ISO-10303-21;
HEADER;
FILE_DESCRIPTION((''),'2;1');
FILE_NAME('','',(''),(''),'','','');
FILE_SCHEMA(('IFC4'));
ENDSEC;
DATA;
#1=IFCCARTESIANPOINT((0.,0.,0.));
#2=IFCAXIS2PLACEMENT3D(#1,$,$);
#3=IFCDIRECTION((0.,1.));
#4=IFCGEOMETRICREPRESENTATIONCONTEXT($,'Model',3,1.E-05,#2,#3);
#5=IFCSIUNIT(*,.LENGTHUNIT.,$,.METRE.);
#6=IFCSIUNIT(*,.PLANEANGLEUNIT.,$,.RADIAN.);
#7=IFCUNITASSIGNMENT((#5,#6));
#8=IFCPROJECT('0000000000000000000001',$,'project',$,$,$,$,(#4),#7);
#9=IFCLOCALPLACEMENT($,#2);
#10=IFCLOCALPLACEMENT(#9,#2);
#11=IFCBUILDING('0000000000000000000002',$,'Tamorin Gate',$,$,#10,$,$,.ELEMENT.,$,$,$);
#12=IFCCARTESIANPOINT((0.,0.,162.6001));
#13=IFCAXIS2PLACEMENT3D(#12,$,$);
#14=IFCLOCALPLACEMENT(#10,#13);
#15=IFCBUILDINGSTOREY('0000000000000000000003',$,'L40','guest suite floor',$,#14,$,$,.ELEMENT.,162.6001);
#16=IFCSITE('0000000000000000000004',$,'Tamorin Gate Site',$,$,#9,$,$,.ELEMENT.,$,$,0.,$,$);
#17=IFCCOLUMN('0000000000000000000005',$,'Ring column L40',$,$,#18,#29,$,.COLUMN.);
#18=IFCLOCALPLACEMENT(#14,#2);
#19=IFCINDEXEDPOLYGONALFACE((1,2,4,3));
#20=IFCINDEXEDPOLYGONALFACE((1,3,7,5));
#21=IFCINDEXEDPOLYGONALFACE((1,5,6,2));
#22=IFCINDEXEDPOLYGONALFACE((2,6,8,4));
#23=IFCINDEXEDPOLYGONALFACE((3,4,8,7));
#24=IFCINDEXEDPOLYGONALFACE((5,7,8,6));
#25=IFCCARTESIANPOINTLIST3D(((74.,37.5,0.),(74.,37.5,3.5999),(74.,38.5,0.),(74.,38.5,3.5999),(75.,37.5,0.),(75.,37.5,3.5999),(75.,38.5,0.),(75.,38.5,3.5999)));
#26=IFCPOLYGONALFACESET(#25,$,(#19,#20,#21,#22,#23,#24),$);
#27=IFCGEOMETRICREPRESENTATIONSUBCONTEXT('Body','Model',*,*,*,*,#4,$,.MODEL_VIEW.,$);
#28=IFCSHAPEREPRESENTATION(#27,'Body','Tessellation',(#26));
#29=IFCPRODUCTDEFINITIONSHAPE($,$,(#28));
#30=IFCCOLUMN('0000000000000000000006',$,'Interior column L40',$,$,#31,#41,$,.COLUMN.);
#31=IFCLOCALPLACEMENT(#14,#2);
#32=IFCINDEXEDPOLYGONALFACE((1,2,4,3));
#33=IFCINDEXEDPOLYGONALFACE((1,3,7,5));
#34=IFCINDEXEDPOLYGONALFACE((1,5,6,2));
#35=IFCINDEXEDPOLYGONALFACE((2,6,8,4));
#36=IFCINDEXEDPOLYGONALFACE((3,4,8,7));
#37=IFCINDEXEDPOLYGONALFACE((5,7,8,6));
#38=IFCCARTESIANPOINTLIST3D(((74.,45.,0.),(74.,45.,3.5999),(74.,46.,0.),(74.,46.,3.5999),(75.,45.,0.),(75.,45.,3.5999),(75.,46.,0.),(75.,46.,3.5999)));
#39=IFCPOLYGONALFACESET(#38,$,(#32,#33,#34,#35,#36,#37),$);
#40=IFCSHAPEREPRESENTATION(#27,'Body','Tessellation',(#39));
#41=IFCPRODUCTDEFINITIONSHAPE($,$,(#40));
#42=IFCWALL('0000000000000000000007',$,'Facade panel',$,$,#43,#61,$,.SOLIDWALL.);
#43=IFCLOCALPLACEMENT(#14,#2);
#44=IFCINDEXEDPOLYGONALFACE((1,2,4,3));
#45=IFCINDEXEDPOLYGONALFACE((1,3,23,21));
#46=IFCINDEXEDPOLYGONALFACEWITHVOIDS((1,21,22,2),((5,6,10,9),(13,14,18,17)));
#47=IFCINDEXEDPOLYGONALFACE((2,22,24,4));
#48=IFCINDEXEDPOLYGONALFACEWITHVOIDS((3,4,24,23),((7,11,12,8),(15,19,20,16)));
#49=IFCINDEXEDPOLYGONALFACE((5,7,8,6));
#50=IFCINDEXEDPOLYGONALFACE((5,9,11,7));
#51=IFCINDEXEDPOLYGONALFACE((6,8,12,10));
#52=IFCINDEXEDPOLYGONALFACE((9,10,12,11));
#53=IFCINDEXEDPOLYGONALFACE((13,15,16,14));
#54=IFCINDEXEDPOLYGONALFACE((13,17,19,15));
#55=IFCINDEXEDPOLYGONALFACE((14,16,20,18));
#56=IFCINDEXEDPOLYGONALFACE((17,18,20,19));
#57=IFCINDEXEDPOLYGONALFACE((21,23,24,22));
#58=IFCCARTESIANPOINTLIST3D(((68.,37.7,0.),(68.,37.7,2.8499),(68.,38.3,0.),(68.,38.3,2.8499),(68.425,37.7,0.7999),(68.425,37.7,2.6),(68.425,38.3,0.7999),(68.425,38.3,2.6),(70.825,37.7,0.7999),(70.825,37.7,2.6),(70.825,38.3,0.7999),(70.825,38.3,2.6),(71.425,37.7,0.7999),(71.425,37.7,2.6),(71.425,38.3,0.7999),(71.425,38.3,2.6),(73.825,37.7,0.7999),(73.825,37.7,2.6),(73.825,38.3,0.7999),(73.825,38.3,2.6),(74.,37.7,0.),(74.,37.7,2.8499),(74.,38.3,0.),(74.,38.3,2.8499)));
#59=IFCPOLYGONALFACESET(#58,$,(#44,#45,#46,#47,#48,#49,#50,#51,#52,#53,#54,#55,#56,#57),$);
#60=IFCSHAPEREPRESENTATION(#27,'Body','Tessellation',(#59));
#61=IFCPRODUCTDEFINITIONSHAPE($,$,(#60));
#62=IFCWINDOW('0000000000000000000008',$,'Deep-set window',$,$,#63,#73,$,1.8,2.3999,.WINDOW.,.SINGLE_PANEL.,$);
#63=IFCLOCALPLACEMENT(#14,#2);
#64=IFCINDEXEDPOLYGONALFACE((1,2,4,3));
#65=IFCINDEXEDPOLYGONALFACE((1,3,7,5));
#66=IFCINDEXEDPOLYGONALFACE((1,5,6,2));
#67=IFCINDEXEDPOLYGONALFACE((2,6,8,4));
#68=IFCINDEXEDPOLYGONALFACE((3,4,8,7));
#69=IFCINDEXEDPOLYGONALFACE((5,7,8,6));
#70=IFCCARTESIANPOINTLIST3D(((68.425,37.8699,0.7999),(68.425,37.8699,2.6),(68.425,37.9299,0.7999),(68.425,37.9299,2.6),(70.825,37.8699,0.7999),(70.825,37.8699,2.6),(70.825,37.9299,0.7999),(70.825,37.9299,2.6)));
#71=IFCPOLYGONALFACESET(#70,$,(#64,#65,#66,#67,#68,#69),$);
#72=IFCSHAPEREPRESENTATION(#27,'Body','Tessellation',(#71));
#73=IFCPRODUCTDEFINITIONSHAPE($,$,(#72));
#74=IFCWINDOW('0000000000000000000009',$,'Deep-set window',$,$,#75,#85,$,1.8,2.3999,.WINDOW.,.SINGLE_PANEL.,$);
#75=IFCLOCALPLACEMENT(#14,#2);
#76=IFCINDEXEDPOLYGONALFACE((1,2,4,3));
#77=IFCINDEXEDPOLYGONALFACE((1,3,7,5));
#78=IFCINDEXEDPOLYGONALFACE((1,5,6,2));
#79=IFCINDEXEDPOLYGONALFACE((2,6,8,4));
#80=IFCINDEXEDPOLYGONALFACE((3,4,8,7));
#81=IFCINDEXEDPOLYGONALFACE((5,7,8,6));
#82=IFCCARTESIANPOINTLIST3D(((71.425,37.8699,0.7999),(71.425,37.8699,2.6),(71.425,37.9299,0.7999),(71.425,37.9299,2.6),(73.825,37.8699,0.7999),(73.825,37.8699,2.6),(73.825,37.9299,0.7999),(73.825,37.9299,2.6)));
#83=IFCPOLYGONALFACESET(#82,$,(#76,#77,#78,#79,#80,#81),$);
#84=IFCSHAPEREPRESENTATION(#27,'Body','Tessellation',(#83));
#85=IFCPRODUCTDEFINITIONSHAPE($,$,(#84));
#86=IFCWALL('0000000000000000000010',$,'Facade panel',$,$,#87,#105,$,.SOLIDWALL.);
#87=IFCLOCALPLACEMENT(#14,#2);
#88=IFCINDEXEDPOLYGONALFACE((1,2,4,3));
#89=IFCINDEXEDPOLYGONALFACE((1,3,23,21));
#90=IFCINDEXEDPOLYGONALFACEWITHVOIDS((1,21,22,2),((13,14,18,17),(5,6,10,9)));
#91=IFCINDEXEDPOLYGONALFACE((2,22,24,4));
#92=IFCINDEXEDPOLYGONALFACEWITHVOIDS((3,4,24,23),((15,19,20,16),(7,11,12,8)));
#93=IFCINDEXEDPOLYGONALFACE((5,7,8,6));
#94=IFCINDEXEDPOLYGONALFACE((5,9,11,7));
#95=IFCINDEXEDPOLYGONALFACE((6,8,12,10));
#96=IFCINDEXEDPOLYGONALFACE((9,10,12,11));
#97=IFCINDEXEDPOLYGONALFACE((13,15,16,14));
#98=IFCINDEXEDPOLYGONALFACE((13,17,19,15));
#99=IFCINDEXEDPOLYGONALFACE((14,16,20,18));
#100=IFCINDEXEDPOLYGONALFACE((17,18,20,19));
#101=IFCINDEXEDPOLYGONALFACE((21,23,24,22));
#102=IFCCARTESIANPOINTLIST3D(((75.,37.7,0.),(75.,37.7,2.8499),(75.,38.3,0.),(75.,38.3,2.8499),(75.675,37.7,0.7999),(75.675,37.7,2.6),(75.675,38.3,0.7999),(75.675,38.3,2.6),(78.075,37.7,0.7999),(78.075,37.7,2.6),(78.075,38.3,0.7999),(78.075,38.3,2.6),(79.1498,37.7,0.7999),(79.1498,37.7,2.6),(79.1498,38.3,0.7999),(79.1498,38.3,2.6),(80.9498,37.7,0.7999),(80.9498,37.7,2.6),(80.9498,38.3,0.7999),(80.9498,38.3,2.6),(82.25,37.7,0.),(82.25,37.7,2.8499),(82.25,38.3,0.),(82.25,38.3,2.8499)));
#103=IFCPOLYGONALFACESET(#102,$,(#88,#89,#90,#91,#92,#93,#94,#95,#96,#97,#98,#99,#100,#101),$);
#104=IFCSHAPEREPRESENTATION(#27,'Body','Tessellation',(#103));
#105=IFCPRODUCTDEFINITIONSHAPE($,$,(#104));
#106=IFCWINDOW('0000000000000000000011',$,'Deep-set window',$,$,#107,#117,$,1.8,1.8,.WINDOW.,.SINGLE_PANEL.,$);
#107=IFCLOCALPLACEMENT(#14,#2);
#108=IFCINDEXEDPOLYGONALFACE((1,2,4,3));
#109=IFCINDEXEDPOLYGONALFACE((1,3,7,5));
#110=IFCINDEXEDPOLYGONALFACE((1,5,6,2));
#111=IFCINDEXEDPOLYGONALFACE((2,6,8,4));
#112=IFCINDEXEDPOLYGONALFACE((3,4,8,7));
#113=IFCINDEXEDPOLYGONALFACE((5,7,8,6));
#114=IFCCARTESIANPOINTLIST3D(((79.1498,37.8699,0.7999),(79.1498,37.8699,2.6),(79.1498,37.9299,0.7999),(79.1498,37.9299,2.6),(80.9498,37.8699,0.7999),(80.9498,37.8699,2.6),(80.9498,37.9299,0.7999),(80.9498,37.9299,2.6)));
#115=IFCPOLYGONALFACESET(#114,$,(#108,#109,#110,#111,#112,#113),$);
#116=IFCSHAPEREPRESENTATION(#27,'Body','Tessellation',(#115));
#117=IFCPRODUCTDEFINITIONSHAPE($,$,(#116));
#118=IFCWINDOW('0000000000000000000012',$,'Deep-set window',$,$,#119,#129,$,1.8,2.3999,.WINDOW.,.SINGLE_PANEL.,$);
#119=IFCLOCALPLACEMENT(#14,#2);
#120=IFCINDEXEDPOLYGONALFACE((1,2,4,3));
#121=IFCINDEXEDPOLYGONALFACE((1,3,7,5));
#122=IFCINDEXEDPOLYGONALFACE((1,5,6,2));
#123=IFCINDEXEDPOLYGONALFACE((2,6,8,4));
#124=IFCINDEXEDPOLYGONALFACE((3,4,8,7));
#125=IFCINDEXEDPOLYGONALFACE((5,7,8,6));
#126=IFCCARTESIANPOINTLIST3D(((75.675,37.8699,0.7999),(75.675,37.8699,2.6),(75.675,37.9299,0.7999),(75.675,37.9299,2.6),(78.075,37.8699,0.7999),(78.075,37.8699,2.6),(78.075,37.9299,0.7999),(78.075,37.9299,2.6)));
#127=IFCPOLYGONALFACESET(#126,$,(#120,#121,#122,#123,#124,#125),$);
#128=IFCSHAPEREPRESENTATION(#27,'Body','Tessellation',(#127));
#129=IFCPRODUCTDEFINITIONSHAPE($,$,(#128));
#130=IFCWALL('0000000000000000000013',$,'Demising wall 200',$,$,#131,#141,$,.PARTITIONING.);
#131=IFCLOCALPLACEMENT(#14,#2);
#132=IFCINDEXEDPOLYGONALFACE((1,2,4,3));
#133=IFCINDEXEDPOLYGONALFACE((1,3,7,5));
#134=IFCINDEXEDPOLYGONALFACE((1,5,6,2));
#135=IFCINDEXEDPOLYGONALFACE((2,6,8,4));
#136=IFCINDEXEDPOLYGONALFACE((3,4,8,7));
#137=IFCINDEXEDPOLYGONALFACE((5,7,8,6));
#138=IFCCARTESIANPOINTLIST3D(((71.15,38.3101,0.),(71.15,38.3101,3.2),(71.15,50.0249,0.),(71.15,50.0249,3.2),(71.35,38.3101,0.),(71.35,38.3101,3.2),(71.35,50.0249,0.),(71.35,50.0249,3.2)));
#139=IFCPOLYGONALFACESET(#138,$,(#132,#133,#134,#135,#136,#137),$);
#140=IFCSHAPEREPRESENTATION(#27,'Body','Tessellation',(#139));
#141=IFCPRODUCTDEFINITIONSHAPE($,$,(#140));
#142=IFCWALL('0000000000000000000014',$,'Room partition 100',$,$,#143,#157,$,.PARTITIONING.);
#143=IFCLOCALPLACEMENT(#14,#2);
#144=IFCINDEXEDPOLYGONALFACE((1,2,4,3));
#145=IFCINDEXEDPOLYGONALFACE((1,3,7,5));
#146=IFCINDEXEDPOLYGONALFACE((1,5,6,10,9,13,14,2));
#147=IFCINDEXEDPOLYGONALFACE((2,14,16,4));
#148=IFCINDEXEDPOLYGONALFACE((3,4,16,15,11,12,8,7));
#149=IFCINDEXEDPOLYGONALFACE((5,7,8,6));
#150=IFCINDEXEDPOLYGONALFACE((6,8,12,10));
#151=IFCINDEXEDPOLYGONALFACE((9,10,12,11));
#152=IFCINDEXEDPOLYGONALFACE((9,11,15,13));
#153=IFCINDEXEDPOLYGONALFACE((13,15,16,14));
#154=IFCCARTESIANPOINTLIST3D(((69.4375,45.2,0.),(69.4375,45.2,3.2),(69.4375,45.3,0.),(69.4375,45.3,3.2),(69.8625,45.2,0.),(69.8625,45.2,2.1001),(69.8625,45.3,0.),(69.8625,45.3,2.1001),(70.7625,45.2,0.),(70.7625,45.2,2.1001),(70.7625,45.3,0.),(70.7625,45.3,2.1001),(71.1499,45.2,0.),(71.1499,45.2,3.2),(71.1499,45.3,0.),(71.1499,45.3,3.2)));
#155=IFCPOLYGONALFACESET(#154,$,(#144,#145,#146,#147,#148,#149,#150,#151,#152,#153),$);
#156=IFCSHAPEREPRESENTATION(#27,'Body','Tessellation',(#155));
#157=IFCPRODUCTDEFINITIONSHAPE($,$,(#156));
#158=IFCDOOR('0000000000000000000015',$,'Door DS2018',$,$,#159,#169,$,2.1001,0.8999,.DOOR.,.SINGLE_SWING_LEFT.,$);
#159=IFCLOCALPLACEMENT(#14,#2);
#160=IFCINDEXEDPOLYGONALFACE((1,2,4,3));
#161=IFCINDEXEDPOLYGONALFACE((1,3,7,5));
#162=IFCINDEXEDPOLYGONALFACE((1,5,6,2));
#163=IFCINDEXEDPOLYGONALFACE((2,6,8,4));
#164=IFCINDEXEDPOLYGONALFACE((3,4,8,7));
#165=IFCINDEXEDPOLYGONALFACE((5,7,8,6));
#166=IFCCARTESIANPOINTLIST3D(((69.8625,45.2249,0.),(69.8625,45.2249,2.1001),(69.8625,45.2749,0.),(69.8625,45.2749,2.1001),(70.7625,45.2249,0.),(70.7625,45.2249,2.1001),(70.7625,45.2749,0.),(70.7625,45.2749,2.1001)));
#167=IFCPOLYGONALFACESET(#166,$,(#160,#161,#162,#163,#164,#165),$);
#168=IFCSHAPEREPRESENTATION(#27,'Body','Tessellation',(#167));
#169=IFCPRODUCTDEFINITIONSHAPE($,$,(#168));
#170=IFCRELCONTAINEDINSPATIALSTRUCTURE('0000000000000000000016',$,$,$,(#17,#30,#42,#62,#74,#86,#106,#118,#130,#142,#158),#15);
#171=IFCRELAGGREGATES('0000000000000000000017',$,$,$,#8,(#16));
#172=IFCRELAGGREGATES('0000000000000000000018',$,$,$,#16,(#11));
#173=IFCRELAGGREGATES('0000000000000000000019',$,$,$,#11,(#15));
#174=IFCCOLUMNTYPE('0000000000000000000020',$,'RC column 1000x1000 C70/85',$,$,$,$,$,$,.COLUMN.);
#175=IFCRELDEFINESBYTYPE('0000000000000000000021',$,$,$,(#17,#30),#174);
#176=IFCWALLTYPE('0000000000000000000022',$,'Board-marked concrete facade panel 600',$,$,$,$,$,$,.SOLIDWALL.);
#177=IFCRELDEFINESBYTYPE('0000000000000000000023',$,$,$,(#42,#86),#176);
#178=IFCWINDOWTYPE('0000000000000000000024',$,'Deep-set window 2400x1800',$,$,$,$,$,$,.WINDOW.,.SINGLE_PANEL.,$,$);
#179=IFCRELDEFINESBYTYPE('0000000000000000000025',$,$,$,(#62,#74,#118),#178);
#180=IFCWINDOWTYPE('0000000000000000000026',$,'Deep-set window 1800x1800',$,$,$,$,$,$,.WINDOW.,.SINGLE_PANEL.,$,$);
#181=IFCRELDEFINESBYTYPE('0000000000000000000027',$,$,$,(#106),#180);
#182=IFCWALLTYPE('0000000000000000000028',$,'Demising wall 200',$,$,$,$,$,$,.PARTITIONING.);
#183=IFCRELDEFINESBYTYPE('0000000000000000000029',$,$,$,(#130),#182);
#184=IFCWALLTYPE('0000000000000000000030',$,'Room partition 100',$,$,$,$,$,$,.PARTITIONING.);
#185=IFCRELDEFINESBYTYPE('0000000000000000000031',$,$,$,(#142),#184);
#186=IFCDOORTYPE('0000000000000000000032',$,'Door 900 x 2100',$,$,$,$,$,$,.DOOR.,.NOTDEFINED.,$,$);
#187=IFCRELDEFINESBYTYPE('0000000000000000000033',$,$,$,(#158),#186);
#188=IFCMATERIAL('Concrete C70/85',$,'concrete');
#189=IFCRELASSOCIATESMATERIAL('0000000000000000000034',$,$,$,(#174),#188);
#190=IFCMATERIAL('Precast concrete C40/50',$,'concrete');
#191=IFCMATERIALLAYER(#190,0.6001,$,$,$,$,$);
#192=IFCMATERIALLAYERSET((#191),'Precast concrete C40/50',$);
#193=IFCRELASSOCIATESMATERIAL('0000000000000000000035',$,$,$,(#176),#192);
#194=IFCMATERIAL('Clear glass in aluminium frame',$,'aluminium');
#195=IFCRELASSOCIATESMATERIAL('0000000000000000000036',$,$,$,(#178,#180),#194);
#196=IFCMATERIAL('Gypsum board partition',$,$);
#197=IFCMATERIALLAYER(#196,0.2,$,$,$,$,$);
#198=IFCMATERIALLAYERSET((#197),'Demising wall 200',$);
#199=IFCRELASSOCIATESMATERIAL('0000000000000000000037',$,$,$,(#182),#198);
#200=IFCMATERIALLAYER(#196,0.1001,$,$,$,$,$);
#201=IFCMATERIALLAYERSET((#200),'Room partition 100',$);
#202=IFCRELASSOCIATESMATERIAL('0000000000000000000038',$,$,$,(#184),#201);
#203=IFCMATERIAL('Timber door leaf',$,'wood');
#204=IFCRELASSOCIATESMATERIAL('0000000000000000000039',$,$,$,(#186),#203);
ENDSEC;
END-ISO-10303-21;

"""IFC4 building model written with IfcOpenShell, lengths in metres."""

from ifc_helpers import new_model, si_unit, direction, frame, frame_2d, origin, origin_2d, place, context, subcontext, project, spatial, rectangle, extrude, material, layer, layer_set, material_profile, profile_set, type_object, element, fill, save


model = new_model("IFC4")

# Units and contexts
model_context = context("Model", 3, precision=1e-05, world=origin(), true_north=direction((0.0, 1.0)))
body_context = subcontext(model_context, "Body", "Model", "MODEL_VIEW")
ifc_project = project(units=[si_unit("LENGTHUNIT", "METRE"), si_unit("PLANEANGLEUNIT", "RADIAN")], contexts=[model_context])

# Site, building, storey
site_placement = place(None, origin())
site = spatial("IfcSite", under=ifc_project, at=site_placement, Name="Tamorin Gate Site", CompositionType="ELEMENT", RefElevation=0.0)
building_placement = place(site_placement, origin())
building = spatial("IfcBuilding", under=site, at=building_placement, Name="Tamorin Gate", CompositionType="ELEMENT")
storey_placement = place(building_placement, frame((0.0, 0.0, 162.6001)))
storey = spatial("IfcBuildingStorey", under=building, at=storey_placement, Name="L40", Description="guest suite floor", CompositionType="ELEMENT", Elevation=162.6001)

# Columns
ifc_material_1 = material(Name="Concrete C70/85", Category="concrete")
ifc_material_profile = material_profile(ifc_material_1, rectangle(XDim=1.0, YDim=1.0, at=origin_2d()), Name="RC 1000x1000")
ifc_profile_set = profile_set([ifc_material_profile], Name="Concrete C70/85")
column_type = type_object("IfcColumnType", Name="RC column 1000x1000 C70/85", PredefinedType="COLUMN", material=ifc_profile_set)
for number, where, z_axis, x_axis, name in (
    (1, (74.5, 38.0, 0.0), (0.0, 0.0, 1.0), (1.0, 0.0, 0.0), "Ring column L40"),
    (2, (74.5, 45.5, 0.0), (0.0, 0.0, 1.0), (1.0, 0.0, 0.0), "Interior column L40"),
):
    element("IfcColumn", number, at=place(storey_placement, frame(where, z_axis=z_axis, x_axis=x_axis)), inside=storey, type_object=column_type, Name=name, PredefinedType="COLUMN", context=body_context, shape_type="SweptSolid", body=[
        extrude(rectangle(XDim=1.0, YDim=1.0, at=origin_2d()), origin(), (0.0, 0.0, 1.0), 3.5999),
    ])

# Walls, openings, windows
ifc_material_2 = material(Name="Precast concrete C40/50", Category="concrete")
ifc_layer_1 = layer(ifc_material_2, 0.6001)
ifc_layer_set_1 = layer_set([ifc_layer_1], Name="Precast concrete C40/50")
wall_type_1 = type_object("IfcWallType", Name="Board-marked concrete facade panel 600", PredefinedType="SOLIDWALL", material=ifc_layer_set_1)
wall_1_placement = place(storey_placement, frame((68.0, 38.0, 0.0), z_axis=(0.0, 0.0, 1.0), x_axis=(1.0, 0.0, 0.0)))
wall_1 = element("IfcWall", 3, at=wall_1_placement, inside=storey, type_object=wall_type_1, Name="Facade panel", PredefinedType="SOLIDWALL", context=body_context, shape_type="SweptSolid", body=[
    extrude(rectangle(XDim=6.0, YDim=0.6001, at=frame_2d((3.0, 0.0))), origin(), (0.0, 0.0, 1.0), 2.8499),
])
opening_1_placement = place(wall_1_placement, frame((0.425, 0.0, 0.8)))
opening_1 = element("IfcOpeningElement", 4, at=opening_1_placement, cuts=wall_1, PredefinedType="OPENING", context=body_context, shape_type="SweptSolid", body=[
    extrude(rectangle(XDim=2.3999, YDim=1.8, at=frame_2d((1.2, 0.8999))), frame((0.0, 0.3101, 0.0), z_axis=(0.0, -1.0, 0.0), x_axis=(1.0, 0.0, 0.0)), (0.0, 0.0, 1.0), 0.6201),
])
opening_2_placement = place(wall_1_placement, frame((3.425, 0.0, 0.8)))
opening_2 = element("IfcOpeningElement", 5, at=opening_2_placement, cuts=wall_1, PredefinedType="OPENING", context=body_context, shape_type="SweptSolid", body=[
    extrude(rectangle(XDim=2.3999, YDim=1.8, at=frame_2d((1.2, 0.8999))), frame((0.0, 0.3101, 0.0), z_axis=(0.0, -1.0, 0.0), x_axis=(1.0, 0.0, 0.0)), (0.0, 0.0, 1.0), 0.6201),
])
ifc_material_3 = material(Name="Clear glass in aluminium frame", Category="aluminium")
window_type_1 = type_object("IfcWindowType", Name="Deep-set window 2400x1800", PartitioningType="SINGLE_PANEL", PredefinedType="WINDOW", material=ifc_material_3)
window_1_placement = place(opening_1_placement, origin())
window_1 = element("IfcWindow", 6, at=window_1_placement, inside=storey, type_object=window_type_1, Name="Deep-set window", OverallHeight=1.8, OverallWidth=2.3999, PartitioningType="SINGLE_PANEL", PredefinedType="WINDOW", context=body_context, shape_type="SweptSolid", body=[
    extrude(rectangle(XDim=2.3999, YDim=1.8, at=frame_2d((1.2, 0.8999))), frame((0.0, -0.0701, 0.0), z_axis=(0.0, -1.0, 0.0), x_axis=(1.0, 0.0, 0.0)), (0.0, 0.0, 1.0), 0.0601),
])
fill(opening_1, window_1)
window_2_placement = place(opening_2_placement, origin())
window_2 = element("IfcWindow", 7, at=window_2_placement, inside=storey, type_object=window_type_1, Name="Deep-set window", OverallHeight=1.8, OverallWidth=2.3999, PartitioningType="SINGLE_PANEL", PredefinedType="WINDOW", context=body_context, shape_type="SweptSolid", body=[
    extrude(rectangle(XDim=2.3999, YDim=1.8, at=frame_2d((1.2, 0.8999))), frame((0.0, -0.0701, 0.0), z_axis=(0.0, -1.0, 0.0), x_axis=(1.0, 0.0, 0.0)), (0.0, 0.0, 1.0), 0.0601),
])
fill(opening_2, window_2)
wall_2_placement = place(storey_placement, frame((75.0, 38.0, 0.0), z_axis=(0.0, 0.0, 1.0), x_axis=(1.0, 0.0, 0.0)))
wall_2 = element("IfcWall", 8, at=wall_2_placement, inside=storey, type_object=wall_type_1, Name="Facade panel", PredefinedType="SOLIDWALL", context=body_context, shape_type="SweptSolid", body=[
    extrude(rectangle(XDim=7.25, YDim=0.6001, at=frame_2d((3.625, 0.0))), origin(), (0.0, 0.0, 1.0), 2.8499),
])
opening_3_placement = place(wall_2_placement, frame((0.675, 0.0, 0.8)))
opening_3 = element("IfcOpeningElement", 9, at=opening_3_placement, cuts=wall_2, PredefinedType="OPENING", context=body_context, shape_type="SweptSolid", body=[
    extrude(rectangle(XDim=2.3999, YDim=1.8, at=frame_2d((1.2, 0.8999))), frame((0.0, 0.3101, 0.0), z_axis=(0.0, -1.0, 0.0), x_axis=(1.0, 0.0, 0.0)), (0.0, 0.0, 1.0), 0.6201),
])
opening_4_placement = place(wall_2_placement, frame((4.1499, 0.0, 0.8)))
opening_4 = element("IfcOpeningElement", 10, at=opening_4_placement, cuts=wall_2, PredefinedType="OPENING", context=body_context, shape_type="SweptSolid", body=[
    extrude(rectangle(XDim=1.8, YDim=1.8, at=frame_2d((0.8999, 0.8999))), frame((0.0, 0.3101, 0.0), z_axis=(0.0, -1.0, 0.0), x_axis=(1.0, 0.0, 0.0)), (0.0, 0.0, 1.0), 0.6201),
])
window_type_2 = type_object("IfcWindowType", Name="Deep-set window 1800x1800", PartitioningType="SINGLE_PANEL", PredefinedType="WINDOW", material=ifc_material_3)
window_3_placement = place(opening_4_placement, origin())
window_3 = element("IfcWindow", 11, at=window_3_placement, inside=storey, type_object=window_type_2, Name="Deep-set window", OverallHeight=1.8, OverallWidth=1.8, PartitioningType="SINGLE_PANEL", PredefinedType="WINDOW", context=body_context, shape_type="SweptSolid", body=[
    extrude(rectangle(XDim=1.8, YDim=1.8, at=frame_2d((0.8999, 0.8999))), frame((0.0, -0.0701, 0.0), z_axis=(0.0, -1.0, 0.0), x_axis=(1.0, 0.0, 0.0)), (0.0, 0.0, 1.0), 0.0601),
])
fill(opening_4, window_3)
window_4_placement = place(opening_3_placement, origin())
window_4 = element("IfcWindow", 12, at=window_4_placement, inside=storey, type_object=window_type_1, Name="Deep-set window", OverallHeight=1.8, OverallWidth=2.3999, PartitioningType="SINGLE_PANEL", PredefinedType="WINDOW", context=body_context, shape_type="SweptSolid", body=[
    extrude(rectangle(XDim=2.3999, YDim=1.8, at=frame_2d((1.2, 0.8999))), frame((0.0, -0.0701, 0.0), z_axis=(0.0, -1.0, 0.0), x_axis=(1.0, 0.0, 0.0)), (0.0, 0.0, 1.0), 0.0601),
])
fill(opening_3, window_4)

# Wall
ifc_material_4 = material(Name="Gypsum board partition")
ifc_layer_2 = layer(ifc_material_4, 0.2)
ifc_layer_set_2 = layer_set([ifc_layer_2], Name="Demising wall 200")
wall_type_2 = type_object("IfcWallType", Name="Demising wall 200", PredefinedType="PARTITIONING", material=ifc_layer_set_2)
wall_3_placement = place(storey_placement, frame((71.25, 38.3101, 0.0), z_axis=(0.0, 0.0, 1.0), x_axis=(0.0, 1.0, 0.0)))
element("IfcWall", 13, at=wall_3_placement, inside=storey, type_object=wall_type_2, Name="Demising wall 200", PredefinedType="PARTITIONING", context=body_context, shape_type="SweptSolid", body=[
    extrude(rectangle(XDim=11.7148, YDim=0.2, at=frame_2d((5.8574, 0.0))), origin(), (0.0, 0.0, 1.0), 3.2),
])

# Wall, opening, door
ifc_layer_3 = layer(ifc_material_4, 0.1001)
ifc_layer_set_3 = layer_set([ifc_layer_3], Name="Room partition 100")
wall_type_3 = type_object("IfcWallType", Name="Room partition 100", PredefinedType="PARTITIONING", material=ifc_layer_set_3)
wall_4_placement = place(storey_placement, frame((69.4375, 45.25, 0.0), z_axis=(0.0, 0.0, 1.0), x_axis=(1.0, 0.0, 0.0)))
wall_4 = element("IfcWall", 14, at=wall_4_placement, inside=storey, type_object=wall_type_3, Name="Room partition 100", PredefinedType="PARTITIONING", context=body_context, shape_type="SweptSolid", body=[
    extrude(rectangle(XDim=1.7124, YDim=0.1001, at=frame_2d((0.8562, 0.0))), origin(), (0.0, 0.0, 1.0), 3.2),
])
opening_5_placement = place(wall_4_placement, frame((0.425, 0.0, 0.0)))
opening_5 = element("IfcOpeningElement", 15, at=opening_5_placement, cuts=wall_4, PredefinedType="OPENING", context=body_context, shape_type="SweptSolid", body=[
    extrude(rectangle(XDim=0.8999, YDim=2.1001, at=frame_2d((0.45, 1.05))), frame((0.0, 0.0601, 0.0), z_axis=(0.0, -1.0, 0.0), x_axis=(1.0, 0.0, 0.0)), (0.0, 0.0, 1.0), 0.1201),
])
ifc_material_5 = material(Name="Timber door leaf", Category="wood")
door_type = type_object("IfcDoorType", Name="Door 900 x 2100", OperationType="NOTDEFINED", PredefinedType="DOOR", material=ifc_material_5)
door_1_placement = place(opening_5_placement, origin())
door_1 = element("IfcDoor", 16, at=door_1_placement, inside=storey, type_object=door_type, Name="Door DS2018", OperationType="SINGLE_SWING_LEFT", OverallHeight=2.1001, OverallWidth=0.8999, PredefinedType="DOOR", context=body_context, shape_type="SweptSolid", body=[
    extrude(rectangle(XDim=0.8999, YDim=2.1001, at=frame_2d((0.45, 1.05))), frame((0.0, 0.0249, 0.0), z_axis=(0.0, -1.0, 0.0), x_axis=(1.0, 0.0, 0.0)), (0.0, 0.0, 1.0), 0.05),
])
fill(opening_5, door_1)

save(model, "model.ifc")
